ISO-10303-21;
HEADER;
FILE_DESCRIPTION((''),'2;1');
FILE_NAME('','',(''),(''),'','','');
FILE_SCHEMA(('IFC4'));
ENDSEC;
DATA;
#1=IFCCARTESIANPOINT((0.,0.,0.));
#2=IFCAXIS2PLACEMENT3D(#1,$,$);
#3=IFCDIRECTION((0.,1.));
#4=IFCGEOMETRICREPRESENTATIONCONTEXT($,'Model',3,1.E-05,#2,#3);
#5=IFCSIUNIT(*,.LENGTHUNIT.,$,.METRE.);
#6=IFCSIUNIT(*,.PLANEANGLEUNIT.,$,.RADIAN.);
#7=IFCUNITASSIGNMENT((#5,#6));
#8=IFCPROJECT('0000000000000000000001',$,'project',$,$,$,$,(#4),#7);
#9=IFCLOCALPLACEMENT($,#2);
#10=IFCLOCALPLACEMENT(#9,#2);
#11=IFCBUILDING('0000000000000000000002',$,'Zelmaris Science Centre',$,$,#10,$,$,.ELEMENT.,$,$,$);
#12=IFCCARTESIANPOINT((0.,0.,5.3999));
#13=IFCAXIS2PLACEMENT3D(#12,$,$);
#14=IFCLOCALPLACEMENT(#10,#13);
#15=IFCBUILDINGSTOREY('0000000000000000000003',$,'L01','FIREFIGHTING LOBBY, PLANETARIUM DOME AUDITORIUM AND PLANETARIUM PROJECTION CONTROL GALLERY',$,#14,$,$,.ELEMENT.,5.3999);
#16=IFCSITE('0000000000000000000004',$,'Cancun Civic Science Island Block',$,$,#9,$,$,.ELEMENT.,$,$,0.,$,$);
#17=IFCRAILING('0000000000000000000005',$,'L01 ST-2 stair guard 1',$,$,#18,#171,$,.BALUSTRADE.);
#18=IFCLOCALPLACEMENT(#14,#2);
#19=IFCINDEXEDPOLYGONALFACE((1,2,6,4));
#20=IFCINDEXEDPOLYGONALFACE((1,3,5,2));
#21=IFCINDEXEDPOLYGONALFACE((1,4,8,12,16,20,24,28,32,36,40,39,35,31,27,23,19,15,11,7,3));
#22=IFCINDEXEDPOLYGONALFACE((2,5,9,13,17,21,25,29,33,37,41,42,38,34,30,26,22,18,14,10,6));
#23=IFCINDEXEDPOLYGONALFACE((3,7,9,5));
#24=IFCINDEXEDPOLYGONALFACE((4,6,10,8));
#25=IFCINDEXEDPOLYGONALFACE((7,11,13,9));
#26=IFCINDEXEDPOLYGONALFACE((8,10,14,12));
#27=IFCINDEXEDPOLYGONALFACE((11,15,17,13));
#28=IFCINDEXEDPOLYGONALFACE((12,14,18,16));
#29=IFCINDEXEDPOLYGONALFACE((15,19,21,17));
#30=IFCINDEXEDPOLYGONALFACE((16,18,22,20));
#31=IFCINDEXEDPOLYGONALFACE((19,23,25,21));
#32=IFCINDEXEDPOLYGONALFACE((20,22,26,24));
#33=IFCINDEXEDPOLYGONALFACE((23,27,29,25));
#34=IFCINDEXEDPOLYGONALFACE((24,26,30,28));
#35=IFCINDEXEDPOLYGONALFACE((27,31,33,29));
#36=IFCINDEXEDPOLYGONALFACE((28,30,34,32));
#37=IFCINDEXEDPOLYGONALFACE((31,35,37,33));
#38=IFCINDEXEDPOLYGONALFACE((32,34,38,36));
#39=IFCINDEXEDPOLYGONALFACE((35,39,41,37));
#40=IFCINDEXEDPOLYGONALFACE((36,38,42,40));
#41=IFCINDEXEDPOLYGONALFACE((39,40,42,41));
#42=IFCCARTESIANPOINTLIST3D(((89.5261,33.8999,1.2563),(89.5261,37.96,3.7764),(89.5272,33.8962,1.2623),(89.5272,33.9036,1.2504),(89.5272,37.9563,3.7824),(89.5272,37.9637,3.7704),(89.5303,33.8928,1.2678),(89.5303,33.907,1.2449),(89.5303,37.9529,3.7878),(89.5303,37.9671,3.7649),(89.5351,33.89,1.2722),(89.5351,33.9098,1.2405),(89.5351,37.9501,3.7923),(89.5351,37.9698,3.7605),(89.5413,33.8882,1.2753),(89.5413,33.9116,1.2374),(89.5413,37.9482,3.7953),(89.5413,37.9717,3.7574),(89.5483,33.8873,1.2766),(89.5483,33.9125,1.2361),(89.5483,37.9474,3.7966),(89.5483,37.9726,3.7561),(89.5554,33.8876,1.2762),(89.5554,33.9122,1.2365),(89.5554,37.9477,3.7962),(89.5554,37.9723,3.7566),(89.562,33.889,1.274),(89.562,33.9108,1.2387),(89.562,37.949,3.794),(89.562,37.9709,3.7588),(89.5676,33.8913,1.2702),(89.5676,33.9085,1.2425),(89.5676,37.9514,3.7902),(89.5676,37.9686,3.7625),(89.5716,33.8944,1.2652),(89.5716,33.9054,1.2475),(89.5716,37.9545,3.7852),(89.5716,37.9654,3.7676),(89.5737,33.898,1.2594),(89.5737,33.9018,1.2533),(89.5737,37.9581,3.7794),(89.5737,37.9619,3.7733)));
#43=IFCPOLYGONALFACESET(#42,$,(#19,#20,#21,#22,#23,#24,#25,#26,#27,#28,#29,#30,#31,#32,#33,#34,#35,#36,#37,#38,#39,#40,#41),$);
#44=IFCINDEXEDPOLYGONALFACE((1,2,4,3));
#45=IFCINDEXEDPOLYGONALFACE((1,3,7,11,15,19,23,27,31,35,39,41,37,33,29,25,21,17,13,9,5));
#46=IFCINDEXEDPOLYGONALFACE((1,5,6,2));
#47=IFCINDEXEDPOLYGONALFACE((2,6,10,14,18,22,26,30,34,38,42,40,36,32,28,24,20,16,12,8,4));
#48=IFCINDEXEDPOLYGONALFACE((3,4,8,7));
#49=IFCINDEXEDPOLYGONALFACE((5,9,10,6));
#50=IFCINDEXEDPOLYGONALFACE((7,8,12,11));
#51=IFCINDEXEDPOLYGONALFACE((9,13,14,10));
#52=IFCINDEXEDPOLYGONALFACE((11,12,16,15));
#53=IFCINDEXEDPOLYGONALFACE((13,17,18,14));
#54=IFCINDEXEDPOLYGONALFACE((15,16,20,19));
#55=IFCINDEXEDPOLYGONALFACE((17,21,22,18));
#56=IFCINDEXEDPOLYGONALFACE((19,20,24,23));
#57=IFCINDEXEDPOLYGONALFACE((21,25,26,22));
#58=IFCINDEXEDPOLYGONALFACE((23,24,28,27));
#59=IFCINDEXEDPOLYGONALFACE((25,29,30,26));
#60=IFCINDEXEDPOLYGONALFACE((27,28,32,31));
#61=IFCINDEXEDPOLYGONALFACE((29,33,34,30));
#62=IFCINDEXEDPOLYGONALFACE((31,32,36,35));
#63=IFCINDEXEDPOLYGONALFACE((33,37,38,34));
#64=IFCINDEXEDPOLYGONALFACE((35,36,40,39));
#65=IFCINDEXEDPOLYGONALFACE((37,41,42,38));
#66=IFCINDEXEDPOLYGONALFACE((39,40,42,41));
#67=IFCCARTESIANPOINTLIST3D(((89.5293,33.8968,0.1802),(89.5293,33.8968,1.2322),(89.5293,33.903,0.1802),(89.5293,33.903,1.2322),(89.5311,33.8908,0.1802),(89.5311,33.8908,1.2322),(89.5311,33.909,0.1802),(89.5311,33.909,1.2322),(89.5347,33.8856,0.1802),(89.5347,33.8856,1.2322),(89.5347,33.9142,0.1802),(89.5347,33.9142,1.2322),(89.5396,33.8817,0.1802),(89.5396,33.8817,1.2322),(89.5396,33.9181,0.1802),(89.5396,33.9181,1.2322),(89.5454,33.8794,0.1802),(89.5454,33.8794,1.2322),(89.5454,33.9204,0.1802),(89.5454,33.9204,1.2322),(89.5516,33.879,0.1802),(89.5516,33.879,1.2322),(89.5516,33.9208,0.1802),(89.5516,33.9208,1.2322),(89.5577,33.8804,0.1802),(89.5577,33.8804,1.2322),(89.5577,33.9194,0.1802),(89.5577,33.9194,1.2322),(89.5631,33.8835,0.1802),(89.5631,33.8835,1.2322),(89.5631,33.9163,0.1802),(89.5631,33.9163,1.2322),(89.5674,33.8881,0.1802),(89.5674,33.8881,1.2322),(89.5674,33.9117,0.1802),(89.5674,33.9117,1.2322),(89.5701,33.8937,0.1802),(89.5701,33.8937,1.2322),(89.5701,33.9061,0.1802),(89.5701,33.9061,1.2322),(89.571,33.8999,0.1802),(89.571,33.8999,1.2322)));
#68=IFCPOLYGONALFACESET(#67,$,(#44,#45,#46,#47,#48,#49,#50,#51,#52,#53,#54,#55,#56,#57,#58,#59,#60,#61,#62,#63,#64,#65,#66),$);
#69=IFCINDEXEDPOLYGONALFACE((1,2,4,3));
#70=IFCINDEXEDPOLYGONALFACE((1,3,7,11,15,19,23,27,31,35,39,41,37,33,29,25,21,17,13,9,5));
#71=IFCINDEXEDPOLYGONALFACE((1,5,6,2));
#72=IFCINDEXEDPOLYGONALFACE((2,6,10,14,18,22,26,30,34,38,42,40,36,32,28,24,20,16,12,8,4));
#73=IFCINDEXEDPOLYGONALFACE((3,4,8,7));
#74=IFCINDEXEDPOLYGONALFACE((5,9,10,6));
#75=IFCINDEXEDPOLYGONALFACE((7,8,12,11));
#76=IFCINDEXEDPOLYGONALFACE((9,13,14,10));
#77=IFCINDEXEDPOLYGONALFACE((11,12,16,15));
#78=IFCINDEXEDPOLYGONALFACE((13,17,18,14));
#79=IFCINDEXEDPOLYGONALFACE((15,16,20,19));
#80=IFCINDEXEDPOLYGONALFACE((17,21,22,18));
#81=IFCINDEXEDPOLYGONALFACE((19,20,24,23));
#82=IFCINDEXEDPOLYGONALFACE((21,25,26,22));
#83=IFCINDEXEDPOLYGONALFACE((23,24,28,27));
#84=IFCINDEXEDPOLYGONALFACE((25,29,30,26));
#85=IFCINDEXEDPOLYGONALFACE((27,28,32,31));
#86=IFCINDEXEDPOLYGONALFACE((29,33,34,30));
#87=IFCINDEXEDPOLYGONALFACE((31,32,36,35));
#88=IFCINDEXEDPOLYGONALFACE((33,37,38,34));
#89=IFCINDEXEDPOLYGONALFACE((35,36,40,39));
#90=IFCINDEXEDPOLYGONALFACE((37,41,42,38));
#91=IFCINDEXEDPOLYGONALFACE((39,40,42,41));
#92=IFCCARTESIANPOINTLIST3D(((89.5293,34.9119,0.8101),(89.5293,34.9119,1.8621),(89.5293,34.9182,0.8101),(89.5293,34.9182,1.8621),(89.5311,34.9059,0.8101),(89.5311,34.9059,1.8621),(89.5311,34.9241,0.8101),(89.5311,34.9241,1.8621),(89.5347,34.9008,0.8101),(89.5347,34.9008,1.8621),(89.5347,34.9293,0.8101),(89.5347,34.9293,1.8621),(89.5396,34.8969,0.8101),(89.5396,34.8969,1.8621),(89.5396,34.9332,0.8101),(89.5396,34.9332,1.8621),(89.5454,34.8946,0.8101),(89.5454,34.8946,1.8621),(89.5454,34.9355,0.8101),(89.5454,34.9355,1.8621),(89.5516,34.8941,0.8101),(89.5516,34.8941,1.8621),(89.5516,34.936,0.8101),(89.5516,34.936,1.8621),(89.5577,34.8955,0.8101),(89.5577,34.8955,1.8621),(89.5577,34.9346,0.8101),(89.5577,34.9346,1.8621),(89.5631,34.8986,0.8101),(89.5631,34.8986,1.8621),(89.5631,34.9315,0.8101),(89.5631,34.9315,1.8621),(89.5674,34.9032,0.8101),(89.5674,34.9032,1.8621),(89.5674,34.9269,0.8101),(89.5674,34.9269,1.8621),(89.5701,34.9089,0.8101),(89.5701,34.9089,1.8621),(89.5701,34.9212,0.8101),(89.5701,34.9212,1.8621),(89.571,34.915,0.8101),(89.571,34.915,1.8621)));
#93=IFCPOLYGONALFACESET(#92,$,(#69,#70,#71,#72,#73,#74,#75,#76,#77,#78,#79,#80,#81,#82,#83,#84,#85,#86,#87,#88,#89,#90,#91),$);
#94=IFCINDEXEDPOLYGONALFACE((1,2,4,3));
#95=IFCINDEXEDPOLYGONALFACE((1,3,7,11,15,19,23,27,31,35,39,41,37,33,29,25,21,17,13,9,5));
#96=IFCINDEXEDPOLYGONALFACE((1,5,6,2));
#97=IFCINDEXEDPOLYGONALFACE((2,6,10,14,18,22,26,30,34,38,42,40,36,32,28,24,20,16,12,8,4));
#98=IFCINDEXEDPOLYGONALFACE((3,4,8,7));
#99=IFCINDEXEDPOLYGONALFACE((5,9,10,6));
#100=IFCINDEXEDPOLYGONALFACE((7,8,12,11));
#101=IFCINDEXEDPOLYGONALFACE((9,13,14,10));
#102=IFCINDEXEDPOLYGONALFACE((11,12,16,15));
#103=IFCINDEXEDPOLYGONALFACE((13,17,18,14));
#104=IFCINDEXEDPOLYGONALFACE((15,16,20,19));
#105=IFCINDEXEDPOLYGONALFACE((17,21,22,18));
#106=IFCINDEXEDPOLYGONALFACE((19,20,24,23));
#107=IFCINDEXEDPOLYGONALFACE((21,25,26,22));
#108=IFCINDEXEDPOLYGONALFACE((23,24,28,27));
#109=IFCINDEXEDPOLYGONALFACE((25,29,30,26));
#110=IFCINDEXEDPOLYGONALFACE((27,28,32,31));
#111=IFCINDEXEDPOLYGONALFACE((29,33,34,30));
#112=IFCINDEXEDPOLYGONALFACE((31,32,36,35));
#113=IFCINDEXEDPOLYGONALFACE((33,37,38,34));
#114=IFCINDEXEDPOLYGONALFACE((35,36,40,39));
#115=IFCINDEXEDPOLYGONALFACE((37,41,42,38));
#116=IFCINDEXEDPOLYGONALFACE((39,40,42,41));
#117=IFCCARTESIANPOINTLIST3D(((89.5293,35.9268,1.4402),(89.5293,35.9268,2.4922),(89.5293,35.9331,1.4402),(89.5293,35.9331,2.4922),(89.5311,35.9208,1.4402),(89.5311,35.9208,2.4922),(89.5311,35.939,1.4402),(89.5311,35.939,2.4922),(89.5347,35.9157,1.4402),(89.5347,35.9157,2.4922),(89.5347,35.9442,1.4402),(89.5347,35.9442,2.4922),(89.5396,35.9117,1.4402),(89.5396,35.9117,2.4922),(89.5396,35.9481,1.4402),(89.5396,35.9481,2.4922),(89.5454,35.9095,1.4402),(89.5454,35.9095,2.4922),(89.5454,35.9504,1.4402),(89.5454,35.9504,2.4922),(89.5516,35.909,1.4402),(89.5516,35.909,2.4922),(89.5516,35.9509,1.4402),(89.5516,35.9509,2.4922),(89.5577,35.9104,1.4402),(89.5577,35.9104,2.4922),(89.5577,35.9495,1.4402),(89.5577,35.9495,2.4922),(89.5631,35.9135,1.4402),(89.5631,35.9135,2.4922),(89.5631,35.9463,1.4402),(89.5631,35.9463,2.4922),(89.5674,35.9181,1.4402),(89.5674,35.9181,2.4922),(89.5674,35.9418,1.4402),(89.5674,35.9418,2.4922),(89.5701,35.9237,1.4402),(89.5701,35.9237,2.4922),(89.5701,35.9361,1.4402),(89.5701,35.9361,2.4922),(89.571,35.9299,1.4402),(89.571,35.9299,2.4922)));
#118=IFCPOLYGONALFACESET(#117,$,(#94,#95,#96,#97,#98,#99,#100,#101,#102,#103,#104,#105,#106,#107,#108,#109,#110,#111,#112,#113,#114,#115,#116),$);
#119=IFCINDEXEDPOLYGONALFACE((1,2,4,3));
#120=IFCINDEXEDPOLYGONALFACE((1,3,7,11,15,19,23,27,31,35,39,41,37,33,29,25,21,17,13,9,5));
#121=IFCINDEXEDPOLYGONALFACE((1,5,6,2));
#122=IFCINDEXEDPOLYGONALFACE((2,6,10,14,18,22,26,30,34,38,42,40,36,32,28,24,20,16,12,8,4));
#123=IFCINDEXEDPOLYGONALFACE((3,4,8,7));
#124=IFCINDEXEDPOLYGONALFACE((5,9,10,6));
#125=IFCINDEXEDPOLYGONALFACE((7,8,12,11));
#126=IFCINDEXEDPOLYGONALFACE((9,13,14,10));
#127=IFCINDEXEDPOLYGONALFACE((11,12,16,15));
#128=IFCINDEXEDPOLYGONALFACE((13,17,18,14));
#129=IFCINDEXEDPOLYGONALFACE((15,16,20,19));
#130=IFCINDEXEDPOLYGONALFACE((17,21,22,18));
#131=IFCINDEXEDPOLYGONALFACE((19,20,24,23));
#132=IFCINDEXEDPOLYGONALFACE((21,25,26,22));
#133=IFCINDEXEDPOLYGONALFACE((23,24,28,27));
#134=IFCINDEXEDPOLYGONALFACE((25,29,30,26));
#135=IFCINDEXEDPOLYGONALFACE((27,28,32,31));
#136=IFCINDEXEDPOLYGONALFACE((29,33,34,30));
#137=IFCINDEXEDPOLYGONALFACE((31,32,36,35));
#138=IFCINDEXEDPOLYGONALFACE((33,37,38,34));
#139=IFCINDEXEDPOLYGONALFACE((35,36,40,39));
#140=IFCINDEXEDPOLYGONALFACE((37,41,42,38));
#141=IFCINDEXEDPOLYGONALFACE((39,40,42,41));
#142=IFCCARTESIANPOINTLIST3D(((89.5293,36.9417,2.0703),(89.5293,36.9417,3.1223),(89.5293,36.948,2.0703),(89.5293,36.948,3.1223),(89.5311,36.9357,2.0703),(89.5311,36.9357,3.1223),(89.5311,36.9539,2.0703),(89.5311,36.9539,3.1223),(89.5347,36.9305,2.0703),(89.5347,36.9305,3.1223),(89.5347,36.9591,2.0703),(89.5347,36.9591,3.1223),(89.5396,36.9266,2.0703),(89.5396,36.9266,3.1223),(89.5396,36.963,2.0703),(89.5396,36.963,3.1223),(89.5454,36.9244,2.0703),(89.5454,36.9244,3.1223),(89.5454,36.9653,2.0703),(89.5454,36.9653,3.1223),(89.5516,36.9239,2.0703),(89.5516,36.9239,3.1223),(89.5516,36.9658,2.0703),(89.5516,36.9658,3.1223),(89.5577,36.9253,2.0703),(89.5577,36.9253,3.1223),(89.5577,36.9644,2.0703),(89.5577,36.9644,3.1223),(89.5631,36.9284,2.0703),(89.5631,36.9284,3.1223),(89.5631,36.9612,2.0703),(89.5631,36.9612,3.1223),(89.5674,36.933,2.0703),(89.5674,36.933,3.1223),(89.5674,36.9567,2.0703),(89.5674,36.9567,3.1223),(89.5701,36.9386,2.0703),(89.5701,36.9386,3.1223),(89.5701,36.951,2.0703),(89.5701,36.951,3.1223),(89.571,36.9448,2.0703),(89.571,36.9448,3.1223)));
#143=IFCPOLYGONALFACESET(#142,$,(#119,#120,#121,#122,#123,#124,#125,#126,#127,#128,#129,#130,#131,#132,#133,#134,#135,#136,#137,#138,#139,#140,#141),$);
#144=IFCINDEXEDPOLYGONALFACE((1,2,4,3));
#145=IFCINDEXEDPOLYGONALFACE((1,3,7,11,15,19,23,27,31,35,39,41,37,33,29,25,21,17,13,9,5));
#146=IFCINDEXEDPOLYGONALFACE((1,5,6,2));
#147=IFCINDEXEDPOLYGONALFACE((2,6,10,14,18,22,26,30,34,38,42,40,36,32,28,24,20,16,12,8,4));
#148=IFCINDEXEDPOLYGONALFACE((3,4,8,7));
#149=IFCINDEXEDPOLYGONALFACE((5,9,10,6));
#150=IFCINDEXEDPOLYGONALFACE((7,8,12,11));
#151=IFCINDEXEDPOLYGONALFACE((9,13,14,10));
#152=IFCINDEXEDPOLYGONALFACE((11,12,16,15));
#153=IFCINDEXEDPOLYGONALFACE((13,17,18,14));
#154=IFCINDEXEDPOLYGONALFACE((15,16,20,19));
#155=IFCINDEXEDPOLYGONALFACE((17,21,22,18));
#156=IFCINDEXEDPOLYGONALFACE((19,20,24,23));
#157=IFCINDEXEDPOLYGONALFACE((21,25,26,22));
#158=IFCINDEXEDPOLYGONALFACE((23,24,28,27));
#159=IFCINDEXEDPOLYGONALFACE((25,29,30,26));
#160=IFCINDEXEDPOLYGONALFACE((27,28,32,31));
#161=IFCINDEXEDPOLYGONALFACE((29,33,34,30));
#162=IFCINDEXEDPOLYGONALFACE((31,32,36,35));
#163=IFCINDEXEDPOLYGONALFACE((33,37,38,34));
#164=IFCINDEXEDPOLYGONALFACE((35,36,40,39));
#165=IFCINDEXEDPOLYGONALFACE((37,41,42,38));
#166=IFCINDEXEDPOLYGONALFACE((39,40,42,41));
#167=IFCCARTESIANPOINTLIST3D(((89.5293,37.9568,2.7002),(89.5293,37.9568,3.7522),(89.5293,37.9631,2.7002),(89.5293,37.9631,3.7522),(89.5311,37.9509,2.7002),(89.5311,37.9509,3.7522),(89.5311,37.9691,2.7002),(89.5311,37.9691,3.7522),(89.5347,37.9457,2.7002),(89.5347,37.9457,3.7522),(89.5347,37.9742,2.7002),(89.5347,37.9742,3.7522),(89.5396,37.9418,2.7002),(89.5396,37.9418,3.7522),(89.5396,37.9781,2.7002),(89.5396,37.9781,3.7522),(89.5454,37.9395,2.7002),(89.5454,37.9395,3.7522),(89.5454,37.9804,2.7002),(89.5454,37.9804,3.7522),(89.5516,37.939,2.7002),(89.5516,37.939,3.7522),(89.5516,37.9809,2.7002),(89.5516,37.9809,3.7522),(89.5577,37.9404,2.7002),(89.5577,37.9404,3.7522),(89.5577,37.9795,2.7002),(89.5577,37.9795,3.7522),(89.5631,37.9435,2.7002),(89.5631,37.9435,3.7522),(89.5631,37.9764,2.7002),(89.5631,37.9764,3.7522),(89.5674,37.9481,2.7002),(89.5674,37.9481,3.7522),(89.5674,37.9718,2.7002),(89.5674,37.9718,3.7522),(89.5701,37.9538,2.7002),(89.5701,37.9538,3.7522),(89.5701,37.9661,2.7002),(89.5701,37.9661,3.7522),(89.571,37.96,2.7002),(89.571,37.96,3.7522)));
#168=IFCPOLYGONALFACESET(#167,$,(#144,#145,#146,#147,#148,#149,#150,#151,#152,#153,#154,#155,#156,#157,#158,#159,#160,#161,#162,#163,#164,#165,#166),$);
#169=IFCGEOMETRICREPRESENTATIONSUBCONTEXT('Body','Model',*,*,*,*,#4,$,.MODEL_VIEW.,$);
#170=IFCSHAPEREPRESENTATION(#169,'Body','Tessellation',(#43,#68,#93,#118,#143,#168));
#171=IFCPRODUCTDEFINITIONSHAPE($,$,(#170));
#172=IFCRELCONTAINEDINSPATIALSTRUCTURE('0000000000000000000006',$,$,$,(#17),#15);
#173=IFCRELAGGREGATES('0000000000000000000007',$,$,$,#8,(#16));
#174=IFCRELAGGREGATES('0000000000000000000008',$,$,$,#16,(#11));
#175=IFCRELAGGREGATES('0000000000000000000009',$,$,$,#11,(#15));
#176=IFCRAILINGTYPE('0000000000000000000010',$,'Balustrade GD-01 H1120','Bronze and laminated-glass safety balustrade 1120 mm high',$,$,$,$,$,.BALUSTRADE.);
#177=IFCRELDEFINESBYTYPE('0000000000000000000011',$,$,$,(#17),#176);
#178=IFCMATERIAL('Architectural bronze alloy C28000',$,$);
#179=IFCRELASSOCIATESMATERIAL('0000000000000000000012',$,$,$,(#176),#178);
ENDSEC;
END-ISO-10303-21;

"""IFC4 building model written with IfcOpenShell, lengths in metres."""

from ifc_helpers import new_model, si_unit, direction, frame, origin, origin_2d, place, context, subcontext, project, spatial, circle, extrude, material, type_object, element, save


model = new_model("IFC4")

# Units and contexts
model_context = context("Model", 3, precision=1e-05, world=origin(), true_north=direction((0.0, 1.0)))
body_context = subcontext(model_context, "Body", "Model", "MODEL_VIEW")
ifc_project = project(units=[si_unit("LENGTHUNIT", "METRE"), si_unit("PLANEANGLEUNIT", "RADIAN")], contexts=[model_context])

# Site, building, storey
site_placement = place(None, origin())
site = spatial("IfcSite", under=ifc_project, at=site_placement, Name="Cancun Civic Science Island Block", CompositionType="ELEMENT", RefElevation=0.0)
building_placement = place(site_placement, origin())
building = spatial("IfcBuilding", under=site, at=building_placement, Name="Zelmaris Science Centre", CompositionType="ELEMENT")
storey_placement = place(building_placement, frame((0.0, 0.0, 5.3999)))
storey = spatial("IfcBuildingStorey", under=building, at=storey_placement, Name="L01", Description="FIREFIGHTING LOBBY, PLANETARIUM DOME AUDITORIUM AND PLANETARIUM PROJECTION CONTROL GALLERY", CompositionType="ELEMENT", Elevation=5.3999)

# Railing
ifc_material_1 = material(Name="Architectural bronze alloy C28000")
railing_type_1 = type_object("IfcRailingType", Name="Balustrade GD-01 H1120", Description="Bronze and laminated-glass safety balustrade 1120 mm high", PredefinedType="BALUSTRADE", material=ifc_material_1)
railing_1_placement = place(storey_placement, frame((89.55, 33.8999, 0.1802)))
element("IfcRailing", 1, at=railing_1_placement, inside=storey, type_object=railing_type_1, Name="L01 ST-2 stair guard 1", PredefinedType="BALUSTRADE", context=body_context, shape_type="SweptSolid", body=[
    extrude(circle(Radius=0.0239, at=origin_2d()), frame((0.0, 0.0, 1.0762), z_axis=(0.0, 0.849642, 0.52736), x_axis=(-1.0, 0.0, 0.0)), (0.0, 0.0, 1.0), 4.7786),
    extrude(circle(Radius=0.021, at=origin_2d()), origin(), (0.0, 0.0, 1.0), 1.052),
    extrude(circle(Radius=0.021, at=origin_2d()), frame((0.0, 1.0151, 0.6299)), (0.0, 0.0, 1.0), 1.052),
    extrude(circle(Radius=0.021, at=origin_2d()), frame((0.0, 2.03, 1.26)), (0.0, 0.0, 1.0), 1.052),
    extrude(circle(Radius=0.021, at=origin_2d()), frame((0.0, 3.0449, 1.8901)), (0.0, 0.0, 1.0), 1.052),
    extrude(circle(Radius=0.021, at=origin_2d()), frame((0.0, 4.0601, 2.52)), (0.0, 0.0, 1.0), 1.052),
])

save(model, "model.ifc")
